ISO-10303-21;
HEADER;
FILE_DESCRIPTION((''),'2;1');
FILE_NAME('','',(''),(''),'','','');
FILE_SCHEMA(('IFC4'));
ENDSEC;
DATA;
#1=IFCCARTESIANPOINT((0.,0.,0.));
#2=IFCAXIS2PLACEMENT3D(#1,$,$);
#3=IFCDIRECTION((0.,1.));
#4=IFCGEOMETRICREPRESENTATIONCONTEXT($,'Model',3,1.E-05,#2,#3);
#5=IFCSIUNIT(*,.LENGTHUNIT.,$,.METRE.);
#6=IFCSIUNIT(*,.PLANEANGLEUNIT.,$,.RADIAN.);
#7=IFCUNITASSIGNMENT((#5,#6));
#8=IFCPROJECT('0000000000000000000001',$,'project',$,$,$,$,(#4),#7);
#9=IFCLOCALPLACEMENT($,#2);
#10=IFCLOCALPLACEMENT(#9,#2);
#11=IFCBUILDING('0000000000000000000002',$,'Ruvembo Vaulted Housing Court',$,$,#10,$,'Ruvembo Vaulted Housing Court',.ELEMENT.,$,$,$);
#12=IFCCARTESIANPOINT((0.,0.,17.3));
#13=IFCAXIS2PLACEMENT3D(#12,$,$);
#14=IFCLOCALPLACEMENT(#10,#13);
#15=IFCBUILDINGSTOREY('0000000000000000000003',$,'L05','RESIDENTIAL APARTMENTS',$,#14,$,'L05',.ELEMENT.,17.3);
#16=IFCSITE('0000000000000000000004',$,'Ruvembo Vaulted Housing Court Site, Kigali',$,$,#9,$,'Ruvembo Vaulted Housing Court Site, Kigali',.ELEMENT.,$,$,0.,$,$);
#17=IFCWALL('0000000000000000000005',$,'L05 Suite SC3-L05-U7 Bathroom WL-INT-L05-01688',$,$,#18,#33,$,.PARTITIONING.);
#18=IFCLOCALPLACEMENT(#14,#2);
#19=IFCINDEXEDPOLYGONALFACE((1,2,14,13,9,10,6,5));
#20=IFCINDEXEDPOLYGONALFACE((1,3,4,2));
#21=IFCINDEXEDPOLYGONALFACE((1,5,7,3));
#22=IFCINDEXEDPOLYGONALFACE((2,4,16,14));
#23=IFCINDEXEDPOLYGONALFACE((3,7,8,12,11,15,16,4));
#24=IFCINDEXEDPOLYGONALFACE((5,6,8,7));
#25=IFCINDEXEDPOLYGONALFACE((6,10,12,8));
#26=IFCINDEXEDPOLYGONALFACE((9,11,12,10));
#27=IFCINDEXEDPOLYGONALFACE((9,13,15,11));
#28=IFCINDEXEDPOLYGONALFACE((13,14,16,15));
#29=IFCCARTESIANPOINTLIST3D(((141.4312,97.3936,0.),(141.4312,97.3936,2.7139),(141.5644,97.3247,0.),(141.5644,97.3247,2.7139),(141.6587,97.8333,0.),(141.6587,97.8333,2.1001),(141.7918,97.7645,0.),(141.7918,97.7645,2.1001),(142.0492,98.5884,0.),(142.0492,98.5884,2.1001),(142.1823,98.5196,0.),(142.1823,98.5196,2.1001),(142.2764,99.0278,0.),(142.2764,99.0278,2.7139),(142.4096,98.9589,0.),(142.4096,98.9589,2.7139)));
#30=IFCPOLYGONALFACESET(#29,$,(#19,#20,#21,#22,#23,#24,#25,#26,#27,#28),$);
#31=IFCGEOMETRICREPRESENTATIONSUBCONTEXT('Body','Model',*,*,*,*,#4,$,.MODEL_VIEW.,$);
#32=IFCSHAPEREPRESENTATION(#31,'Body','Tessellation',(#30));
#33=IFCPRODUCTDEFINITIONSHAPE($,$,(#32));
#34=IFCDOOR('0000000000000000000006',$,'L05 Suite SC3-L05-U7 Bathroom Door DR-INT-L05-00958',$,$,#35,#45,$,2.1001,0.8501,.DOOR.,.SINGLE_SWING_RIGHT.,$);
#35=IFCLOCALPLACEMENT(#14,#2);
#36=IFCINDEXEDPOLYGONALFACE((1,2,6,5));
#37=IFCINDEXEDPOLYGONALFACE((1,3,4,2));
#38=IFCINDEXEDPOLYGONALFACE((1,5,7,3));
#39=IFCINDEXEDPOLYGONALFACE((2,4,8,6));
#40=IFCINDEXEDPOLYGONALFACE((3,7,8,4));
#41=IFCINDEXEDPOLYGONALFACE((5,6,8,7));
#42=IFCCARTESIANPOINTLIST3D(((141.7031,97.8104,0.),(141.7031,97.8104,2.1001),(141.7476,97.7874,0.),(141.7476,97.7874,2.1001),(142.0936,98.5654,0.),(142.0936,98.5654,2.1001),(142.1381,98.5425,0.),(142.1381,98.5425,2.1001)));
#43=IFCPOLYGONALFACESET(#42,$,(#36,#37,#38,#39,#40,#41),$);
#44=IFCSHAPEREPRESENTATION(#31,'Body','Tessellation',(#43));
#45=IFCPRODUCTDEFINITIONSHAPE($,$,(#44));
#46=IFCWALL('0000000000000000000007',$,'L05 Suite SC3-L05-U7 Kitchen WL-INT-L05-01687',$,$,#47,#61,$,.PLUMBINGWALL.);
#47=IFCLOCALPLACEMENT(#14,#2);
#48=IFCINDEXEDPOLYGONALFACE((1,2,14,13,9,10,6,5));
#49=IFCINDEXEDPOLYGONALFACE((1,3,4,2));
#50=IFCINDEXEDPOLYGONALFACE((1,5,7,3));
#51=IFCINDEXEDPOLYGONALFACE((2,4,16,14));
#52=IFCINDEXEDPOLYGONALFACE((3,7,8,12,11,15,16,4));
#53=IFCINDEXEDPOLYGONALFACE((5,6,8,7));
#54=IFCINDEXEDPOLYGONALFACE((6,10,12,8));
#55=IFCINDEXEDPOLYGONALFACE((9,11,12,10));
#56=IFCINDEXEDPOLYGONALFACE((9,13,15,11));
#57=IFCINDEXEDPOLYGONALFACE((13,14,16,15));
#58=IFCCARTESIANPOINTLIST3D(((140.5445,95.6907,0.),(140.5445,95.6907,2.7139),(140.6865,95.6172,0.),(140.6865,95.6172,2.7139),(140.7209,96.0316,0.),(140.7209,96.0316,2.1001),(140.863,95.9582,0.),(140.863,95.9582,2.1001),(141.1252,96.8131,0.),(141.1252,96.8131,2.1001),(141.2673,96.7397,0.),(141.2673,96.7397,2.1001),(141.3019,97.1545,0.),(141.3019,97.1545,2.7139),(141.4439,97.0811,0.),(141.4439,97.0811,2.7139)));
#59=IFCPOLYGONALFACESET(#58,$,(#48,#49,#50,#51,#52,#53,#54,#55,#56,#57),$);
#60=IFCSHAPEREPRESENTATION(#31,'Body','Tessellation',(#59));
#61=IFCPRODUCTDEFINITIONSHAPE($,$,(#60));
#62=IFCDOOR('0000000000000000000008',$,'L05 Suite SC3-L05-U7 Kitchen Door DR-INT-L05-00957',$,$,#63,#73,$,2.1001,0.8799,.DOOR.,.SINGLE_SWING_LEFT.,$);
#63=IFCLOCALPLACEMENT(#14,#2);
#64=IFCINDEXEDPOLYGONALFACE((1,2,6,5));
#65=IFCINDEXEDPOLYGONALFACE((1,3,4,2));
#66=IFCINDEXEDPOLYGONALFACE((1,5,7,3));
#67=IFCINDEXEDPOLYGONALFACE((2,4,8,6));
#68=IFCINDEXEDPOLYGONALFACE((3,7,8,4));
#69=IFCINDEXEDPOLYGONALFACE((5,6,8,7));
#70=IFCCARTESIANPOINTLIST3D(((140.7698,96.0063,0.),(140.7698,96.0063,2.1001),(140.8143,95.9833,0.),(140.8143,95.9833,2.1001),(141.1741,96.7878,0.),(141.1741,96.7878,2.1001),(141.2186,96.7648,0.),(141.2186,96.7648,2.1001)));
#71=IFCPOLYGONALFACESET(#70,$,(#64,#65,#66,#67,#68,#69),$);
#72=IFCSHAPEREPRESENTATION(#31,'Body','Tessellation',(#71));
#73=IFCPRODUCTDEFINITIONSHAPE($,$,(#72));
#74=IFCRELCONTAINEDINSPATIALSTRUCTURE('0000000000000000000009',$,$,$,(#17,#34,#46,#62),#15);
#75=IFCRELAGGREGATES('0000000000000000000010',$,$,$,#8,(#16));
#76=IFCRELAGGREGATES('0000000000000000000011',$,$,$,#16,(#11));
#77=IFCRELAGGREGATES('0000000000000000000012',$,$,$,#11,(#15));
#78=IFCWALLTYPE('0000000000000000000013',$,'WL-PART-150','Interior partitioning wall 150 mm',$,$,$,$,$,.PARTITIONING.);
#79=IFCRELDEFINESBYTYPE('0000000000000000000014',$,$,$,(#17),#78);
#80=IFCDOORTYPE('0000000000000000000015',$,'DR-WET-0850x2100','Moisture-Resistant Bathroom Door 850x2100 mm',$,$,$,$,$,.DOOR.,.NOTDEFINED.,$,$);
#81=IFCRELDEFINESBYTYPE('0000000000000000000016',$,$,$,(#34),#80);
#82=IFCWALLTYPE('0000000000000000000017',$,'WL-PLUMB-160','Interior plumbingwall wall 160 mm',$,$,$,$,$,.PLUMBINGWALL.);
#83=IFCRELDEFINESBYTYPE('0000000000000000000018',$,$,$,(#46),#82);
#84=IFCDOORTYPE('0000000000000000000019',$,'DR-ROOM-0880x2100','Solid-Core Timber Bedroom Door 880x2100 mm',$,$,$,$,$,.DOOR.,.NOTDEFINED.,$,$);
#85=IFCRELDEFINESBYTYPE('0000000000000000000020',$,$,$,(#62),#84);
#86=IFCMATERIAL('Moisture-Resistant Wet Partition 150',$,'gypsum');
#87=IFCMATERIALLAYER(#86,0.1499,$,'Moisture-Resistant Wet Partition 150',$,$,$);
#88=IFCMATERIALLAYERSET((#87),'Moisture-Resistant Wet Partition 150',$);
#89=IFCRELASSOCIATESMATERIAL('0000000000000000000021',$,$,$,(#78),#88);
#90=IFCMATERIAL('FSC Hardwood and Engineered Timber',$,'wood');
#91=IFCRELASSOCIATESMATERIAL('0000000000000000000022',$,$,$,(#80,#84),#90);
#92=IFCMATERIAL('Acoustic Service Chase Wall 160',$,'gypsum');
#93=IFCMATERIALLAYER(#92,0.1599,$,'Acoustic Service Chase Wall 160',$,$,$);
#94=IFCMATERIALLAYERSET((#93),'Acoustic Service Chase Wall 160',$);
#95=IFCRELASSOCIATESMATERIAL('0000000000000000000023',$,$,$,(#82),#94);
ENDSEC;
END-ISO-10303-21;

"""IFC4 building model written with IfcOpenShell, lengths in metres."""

from ifc_helpers import new_model, si_unit, direction, frame, frame_2d, origin, place, context, subcontext, project, spatial, rectangle, extrude, material, layer, layer_set, type_object, element, fill, save


model = new_model("IFC4")

# Units and contexts
model_context = context("Model", 3, precision=1e-05, world=origin(), true_north=direction((0.0, 1.0)))
body_context = subcontext(model_context, "Body", "Model", "MODEL_VIEW")
ifc_project = project(units=[si_unit("LENGTHUNIT", "METRE"), si_unit("PLANEANGLEUNIT", "RADIAN")], contexts=[model_context])

# Site, building, storey
site_placement = place(None, origin())
site = spatial("IfcSite", under=ifc_project, at=site_placement, Name="Ruvembo Vaulted Housing Court Site, Kigali", LongName="Ruvembo Vaulted Housing Court Site, Kigali", CompositionType="ELEMENT", RefElevation=0.0)
building_placement = place(site_placement, origin())
building = spatial("IfcBuilding", under=site, at=building_placement, Name="Ruvembo Vaulted Housing Court", LongName="Ruvembo Vaulted Housing Court", CompositionType="ELEMENT")
storey_placement = place(building_placement, frame((0.0, 0.0, 17.3)))
storey = spatial("IfcBuildingStorey", under=building, at=storey_placement, Name="L05", Description="RESIDENTIAL APARTMENTS", LongName="L05", CompositionType="ELEMENT", Elevation=17.3)

# Walls, openings, doors
ifc_material_1 = material(Name="FSC Hardwood and Engineered Timber", Category="wood")
ifc_material_2 = material(Name="Moisture-Resistant Wet Partition 150", Category="gypsum")
ifc_layer_1 = layer(ifc_material_2, 0.1499, Name="Moisture-Resistant Wet Partition 150")
ifc_layer_set_1 = layer_set([ifc_layer_1], Name="Moisture-Resistant Wet Partition 150")
wall_type_1 = type_object("IfcWallType", Name="WL-PART-150", Description="Interior partitioning wall 150 mm", PredefinedType="PARTITIONING", material=ifc_layer_set_1)
wall_1_placement = place(storey_placement, frame((141.4978, 97.3591, 0.0), z_axis=(0.0, 0.0, 1.0), x_axis=(0.45938, 0.88824, 0.0)))
wall_1 = element("IfcWall", 1, at=wall_1_placement, inside=storey, type_object=wall_type_1, Name="L05 Suite SC3-L05-U7 Bathroom WL-INT-L05-01688", PredefinedType="PARTITIONING", context=body_context, shape_type="SweptSolid", body=[
    extrude(rectangle(XDim=1.8398, YDim=0.1499, at=frame_2d((0.9199, 0.0))), origin(), (0.0, 0.0, 1.0), 2.7139),
])
opening_1_placement = place(wall_1_placement, frame((0.4951, 0.0, 0.0)))
opening_1 = element("IfcOpeningElement", 2, at=opening_1_placement, cuts=wall_1, PredefinedType="OPENING", context=body_context, shape_type="SweptSolid", body=[
    extrude(rectangle(XDim=0.8501, YDim=2.1001, at=frame_2d((0.425, 1.05))), frame((0.0, 0.085, 0.0), z_axis=(0.0, -1.0, 0.0), x_axis=(1.0, 0.0, 0.0)), (0.0, 0.0, 1.0), 0.1699),
])
door_type_1 = type_object("IfcDoorType", Name="DR-WET-0850x2100", Description="Moisture-Resistant Bathroom Door 850x2100 mm", OperationType="NOTDEFINED", PredefinedType="DOOR", material=ifc_material_1)
door_1_placement = place(opening_1_placement, origin())
door_1 = element("IfcDoor", 3, at=door_1_placement, inside=storey, type_object=door_type_1, Name="L05 Suite SC3-L05-U7 Bathroom Door DR-INT-L05-00958", OperationType="SINGLE_SWING_RIGHT", OverallHeight=2.1001, OverallWidth=0.8501, PredefinedType="DOOR", context=body_context, shape_type="SweptSolid", body=[
    extrude(rectangle(XDim=0.8501, YDim=2.1001, at=frame_2d((0.425, 1.05))), frame((0.0, 0.0249, 0.0), z_axis=(0.0, -1.0, 0.0), x_axis=(1.0, 0.0, 0.0)), (0.0, 0.0, 1.0), 0.05),
])
fill(opening_1, door_1)
ifc_material_3 = material(Name="Acoustic Service Chase Wall 160", Category="gypsum")
ifc_layer_2 = layer(ifc_material_3, 0.1599, Name="Acoustic Service Chase Wall 160")
ifc_layer_set_2 = layer_set([ifc_layer_2], Name="Acoustic Service Chase Wall 160")
wall_type_2 = type_object("IfcWallType", Name="WL-PLUMB-160", Description="Interior plumbingwall wall 160 mm", PredefinedType="PLUMBINGWALL", material=ifc_layer_set_2)
wall_2_placement = place(storey_placement, frame((140.6155, 95.6538, 0.0), z_axis=(0.0, 0.0, 1.0), x_axis=(0.459495, 0.88818, 0.0)))
wall_2 = element("IfcWall", 4, at=wall_2_placement, inside=storey, type_object=wall_type_2, Name="L05 Suite SC3-L05-U7 Kitchen WL-INT-L05-01687", PredefinedType="PLUMBINGWALL", context=body_context, shape_type="SweptSolid", body=[
    extrude(rectangle(XDim=1.6482, YDim=0.1599, at=frame_2d((0.8242, 0.0))), origin(), (0.0, 0.0, 1.0), 2.7139),
])
opening_2_placement = place(wall_2_placement, frame((0.384, 0.0, 0.0)))
opening_2 = element("IfcOpeningElement", 5, at=opening_2_placement, cuts=wall_2, PredefinedType="OPENING", context=body_context, shape_type="SweptSolid", body=[
    extrude(rectangle(XDim=0.8799, YDim=2.1001, at=frame_2d((0.4399, 1.05))), frame((0.0, 0.0898, 0.0), z_axis=(0.0, -1.0, 0.0), x_axis=(1.0, 0.0, 0.0)), (0.0, 0.0, 1.0), 0.1799),
])
door_type_2 = type_object("IfcDoorType", Name="DR-ROOM-0880x2100", Description="Solid-Core Timber Bedroom Door 880x2100 mm", OperationType="NOTDEFINED", PredefinedType="DOOR", material=ifc_material_1)
door_2_placement = place(opening_2_placement, origin())
door_2 = element("IfcDoor", 6, at=door_2_placement, inside=storey, type_object=door_type_2, Name="L05 Suite SC3-L05-U7 Kitchen Door DR-INT-L05-00957", OperationType="SINGLE_SWING_LEFT", OverallHeight=2.1001, OverallWidth=0.8799, PredefinedType="DOOR", context=body_context, shape_type="SweptSolid", body=[
    extrude(rectangle(XDim=0.8799, YDim=2.1001, at=frame_2d((0.4399, 1.05))), frame((0.0, 0.0249, 0.0), z_axis=(0.0, -1.0, 0.0), x_axis=(1.0, 0.0, 0.0)), (0.0, 0.0, 1.0), 0.05),
])
fill(opening_2, door_2)

save(model, "model.ifc")
